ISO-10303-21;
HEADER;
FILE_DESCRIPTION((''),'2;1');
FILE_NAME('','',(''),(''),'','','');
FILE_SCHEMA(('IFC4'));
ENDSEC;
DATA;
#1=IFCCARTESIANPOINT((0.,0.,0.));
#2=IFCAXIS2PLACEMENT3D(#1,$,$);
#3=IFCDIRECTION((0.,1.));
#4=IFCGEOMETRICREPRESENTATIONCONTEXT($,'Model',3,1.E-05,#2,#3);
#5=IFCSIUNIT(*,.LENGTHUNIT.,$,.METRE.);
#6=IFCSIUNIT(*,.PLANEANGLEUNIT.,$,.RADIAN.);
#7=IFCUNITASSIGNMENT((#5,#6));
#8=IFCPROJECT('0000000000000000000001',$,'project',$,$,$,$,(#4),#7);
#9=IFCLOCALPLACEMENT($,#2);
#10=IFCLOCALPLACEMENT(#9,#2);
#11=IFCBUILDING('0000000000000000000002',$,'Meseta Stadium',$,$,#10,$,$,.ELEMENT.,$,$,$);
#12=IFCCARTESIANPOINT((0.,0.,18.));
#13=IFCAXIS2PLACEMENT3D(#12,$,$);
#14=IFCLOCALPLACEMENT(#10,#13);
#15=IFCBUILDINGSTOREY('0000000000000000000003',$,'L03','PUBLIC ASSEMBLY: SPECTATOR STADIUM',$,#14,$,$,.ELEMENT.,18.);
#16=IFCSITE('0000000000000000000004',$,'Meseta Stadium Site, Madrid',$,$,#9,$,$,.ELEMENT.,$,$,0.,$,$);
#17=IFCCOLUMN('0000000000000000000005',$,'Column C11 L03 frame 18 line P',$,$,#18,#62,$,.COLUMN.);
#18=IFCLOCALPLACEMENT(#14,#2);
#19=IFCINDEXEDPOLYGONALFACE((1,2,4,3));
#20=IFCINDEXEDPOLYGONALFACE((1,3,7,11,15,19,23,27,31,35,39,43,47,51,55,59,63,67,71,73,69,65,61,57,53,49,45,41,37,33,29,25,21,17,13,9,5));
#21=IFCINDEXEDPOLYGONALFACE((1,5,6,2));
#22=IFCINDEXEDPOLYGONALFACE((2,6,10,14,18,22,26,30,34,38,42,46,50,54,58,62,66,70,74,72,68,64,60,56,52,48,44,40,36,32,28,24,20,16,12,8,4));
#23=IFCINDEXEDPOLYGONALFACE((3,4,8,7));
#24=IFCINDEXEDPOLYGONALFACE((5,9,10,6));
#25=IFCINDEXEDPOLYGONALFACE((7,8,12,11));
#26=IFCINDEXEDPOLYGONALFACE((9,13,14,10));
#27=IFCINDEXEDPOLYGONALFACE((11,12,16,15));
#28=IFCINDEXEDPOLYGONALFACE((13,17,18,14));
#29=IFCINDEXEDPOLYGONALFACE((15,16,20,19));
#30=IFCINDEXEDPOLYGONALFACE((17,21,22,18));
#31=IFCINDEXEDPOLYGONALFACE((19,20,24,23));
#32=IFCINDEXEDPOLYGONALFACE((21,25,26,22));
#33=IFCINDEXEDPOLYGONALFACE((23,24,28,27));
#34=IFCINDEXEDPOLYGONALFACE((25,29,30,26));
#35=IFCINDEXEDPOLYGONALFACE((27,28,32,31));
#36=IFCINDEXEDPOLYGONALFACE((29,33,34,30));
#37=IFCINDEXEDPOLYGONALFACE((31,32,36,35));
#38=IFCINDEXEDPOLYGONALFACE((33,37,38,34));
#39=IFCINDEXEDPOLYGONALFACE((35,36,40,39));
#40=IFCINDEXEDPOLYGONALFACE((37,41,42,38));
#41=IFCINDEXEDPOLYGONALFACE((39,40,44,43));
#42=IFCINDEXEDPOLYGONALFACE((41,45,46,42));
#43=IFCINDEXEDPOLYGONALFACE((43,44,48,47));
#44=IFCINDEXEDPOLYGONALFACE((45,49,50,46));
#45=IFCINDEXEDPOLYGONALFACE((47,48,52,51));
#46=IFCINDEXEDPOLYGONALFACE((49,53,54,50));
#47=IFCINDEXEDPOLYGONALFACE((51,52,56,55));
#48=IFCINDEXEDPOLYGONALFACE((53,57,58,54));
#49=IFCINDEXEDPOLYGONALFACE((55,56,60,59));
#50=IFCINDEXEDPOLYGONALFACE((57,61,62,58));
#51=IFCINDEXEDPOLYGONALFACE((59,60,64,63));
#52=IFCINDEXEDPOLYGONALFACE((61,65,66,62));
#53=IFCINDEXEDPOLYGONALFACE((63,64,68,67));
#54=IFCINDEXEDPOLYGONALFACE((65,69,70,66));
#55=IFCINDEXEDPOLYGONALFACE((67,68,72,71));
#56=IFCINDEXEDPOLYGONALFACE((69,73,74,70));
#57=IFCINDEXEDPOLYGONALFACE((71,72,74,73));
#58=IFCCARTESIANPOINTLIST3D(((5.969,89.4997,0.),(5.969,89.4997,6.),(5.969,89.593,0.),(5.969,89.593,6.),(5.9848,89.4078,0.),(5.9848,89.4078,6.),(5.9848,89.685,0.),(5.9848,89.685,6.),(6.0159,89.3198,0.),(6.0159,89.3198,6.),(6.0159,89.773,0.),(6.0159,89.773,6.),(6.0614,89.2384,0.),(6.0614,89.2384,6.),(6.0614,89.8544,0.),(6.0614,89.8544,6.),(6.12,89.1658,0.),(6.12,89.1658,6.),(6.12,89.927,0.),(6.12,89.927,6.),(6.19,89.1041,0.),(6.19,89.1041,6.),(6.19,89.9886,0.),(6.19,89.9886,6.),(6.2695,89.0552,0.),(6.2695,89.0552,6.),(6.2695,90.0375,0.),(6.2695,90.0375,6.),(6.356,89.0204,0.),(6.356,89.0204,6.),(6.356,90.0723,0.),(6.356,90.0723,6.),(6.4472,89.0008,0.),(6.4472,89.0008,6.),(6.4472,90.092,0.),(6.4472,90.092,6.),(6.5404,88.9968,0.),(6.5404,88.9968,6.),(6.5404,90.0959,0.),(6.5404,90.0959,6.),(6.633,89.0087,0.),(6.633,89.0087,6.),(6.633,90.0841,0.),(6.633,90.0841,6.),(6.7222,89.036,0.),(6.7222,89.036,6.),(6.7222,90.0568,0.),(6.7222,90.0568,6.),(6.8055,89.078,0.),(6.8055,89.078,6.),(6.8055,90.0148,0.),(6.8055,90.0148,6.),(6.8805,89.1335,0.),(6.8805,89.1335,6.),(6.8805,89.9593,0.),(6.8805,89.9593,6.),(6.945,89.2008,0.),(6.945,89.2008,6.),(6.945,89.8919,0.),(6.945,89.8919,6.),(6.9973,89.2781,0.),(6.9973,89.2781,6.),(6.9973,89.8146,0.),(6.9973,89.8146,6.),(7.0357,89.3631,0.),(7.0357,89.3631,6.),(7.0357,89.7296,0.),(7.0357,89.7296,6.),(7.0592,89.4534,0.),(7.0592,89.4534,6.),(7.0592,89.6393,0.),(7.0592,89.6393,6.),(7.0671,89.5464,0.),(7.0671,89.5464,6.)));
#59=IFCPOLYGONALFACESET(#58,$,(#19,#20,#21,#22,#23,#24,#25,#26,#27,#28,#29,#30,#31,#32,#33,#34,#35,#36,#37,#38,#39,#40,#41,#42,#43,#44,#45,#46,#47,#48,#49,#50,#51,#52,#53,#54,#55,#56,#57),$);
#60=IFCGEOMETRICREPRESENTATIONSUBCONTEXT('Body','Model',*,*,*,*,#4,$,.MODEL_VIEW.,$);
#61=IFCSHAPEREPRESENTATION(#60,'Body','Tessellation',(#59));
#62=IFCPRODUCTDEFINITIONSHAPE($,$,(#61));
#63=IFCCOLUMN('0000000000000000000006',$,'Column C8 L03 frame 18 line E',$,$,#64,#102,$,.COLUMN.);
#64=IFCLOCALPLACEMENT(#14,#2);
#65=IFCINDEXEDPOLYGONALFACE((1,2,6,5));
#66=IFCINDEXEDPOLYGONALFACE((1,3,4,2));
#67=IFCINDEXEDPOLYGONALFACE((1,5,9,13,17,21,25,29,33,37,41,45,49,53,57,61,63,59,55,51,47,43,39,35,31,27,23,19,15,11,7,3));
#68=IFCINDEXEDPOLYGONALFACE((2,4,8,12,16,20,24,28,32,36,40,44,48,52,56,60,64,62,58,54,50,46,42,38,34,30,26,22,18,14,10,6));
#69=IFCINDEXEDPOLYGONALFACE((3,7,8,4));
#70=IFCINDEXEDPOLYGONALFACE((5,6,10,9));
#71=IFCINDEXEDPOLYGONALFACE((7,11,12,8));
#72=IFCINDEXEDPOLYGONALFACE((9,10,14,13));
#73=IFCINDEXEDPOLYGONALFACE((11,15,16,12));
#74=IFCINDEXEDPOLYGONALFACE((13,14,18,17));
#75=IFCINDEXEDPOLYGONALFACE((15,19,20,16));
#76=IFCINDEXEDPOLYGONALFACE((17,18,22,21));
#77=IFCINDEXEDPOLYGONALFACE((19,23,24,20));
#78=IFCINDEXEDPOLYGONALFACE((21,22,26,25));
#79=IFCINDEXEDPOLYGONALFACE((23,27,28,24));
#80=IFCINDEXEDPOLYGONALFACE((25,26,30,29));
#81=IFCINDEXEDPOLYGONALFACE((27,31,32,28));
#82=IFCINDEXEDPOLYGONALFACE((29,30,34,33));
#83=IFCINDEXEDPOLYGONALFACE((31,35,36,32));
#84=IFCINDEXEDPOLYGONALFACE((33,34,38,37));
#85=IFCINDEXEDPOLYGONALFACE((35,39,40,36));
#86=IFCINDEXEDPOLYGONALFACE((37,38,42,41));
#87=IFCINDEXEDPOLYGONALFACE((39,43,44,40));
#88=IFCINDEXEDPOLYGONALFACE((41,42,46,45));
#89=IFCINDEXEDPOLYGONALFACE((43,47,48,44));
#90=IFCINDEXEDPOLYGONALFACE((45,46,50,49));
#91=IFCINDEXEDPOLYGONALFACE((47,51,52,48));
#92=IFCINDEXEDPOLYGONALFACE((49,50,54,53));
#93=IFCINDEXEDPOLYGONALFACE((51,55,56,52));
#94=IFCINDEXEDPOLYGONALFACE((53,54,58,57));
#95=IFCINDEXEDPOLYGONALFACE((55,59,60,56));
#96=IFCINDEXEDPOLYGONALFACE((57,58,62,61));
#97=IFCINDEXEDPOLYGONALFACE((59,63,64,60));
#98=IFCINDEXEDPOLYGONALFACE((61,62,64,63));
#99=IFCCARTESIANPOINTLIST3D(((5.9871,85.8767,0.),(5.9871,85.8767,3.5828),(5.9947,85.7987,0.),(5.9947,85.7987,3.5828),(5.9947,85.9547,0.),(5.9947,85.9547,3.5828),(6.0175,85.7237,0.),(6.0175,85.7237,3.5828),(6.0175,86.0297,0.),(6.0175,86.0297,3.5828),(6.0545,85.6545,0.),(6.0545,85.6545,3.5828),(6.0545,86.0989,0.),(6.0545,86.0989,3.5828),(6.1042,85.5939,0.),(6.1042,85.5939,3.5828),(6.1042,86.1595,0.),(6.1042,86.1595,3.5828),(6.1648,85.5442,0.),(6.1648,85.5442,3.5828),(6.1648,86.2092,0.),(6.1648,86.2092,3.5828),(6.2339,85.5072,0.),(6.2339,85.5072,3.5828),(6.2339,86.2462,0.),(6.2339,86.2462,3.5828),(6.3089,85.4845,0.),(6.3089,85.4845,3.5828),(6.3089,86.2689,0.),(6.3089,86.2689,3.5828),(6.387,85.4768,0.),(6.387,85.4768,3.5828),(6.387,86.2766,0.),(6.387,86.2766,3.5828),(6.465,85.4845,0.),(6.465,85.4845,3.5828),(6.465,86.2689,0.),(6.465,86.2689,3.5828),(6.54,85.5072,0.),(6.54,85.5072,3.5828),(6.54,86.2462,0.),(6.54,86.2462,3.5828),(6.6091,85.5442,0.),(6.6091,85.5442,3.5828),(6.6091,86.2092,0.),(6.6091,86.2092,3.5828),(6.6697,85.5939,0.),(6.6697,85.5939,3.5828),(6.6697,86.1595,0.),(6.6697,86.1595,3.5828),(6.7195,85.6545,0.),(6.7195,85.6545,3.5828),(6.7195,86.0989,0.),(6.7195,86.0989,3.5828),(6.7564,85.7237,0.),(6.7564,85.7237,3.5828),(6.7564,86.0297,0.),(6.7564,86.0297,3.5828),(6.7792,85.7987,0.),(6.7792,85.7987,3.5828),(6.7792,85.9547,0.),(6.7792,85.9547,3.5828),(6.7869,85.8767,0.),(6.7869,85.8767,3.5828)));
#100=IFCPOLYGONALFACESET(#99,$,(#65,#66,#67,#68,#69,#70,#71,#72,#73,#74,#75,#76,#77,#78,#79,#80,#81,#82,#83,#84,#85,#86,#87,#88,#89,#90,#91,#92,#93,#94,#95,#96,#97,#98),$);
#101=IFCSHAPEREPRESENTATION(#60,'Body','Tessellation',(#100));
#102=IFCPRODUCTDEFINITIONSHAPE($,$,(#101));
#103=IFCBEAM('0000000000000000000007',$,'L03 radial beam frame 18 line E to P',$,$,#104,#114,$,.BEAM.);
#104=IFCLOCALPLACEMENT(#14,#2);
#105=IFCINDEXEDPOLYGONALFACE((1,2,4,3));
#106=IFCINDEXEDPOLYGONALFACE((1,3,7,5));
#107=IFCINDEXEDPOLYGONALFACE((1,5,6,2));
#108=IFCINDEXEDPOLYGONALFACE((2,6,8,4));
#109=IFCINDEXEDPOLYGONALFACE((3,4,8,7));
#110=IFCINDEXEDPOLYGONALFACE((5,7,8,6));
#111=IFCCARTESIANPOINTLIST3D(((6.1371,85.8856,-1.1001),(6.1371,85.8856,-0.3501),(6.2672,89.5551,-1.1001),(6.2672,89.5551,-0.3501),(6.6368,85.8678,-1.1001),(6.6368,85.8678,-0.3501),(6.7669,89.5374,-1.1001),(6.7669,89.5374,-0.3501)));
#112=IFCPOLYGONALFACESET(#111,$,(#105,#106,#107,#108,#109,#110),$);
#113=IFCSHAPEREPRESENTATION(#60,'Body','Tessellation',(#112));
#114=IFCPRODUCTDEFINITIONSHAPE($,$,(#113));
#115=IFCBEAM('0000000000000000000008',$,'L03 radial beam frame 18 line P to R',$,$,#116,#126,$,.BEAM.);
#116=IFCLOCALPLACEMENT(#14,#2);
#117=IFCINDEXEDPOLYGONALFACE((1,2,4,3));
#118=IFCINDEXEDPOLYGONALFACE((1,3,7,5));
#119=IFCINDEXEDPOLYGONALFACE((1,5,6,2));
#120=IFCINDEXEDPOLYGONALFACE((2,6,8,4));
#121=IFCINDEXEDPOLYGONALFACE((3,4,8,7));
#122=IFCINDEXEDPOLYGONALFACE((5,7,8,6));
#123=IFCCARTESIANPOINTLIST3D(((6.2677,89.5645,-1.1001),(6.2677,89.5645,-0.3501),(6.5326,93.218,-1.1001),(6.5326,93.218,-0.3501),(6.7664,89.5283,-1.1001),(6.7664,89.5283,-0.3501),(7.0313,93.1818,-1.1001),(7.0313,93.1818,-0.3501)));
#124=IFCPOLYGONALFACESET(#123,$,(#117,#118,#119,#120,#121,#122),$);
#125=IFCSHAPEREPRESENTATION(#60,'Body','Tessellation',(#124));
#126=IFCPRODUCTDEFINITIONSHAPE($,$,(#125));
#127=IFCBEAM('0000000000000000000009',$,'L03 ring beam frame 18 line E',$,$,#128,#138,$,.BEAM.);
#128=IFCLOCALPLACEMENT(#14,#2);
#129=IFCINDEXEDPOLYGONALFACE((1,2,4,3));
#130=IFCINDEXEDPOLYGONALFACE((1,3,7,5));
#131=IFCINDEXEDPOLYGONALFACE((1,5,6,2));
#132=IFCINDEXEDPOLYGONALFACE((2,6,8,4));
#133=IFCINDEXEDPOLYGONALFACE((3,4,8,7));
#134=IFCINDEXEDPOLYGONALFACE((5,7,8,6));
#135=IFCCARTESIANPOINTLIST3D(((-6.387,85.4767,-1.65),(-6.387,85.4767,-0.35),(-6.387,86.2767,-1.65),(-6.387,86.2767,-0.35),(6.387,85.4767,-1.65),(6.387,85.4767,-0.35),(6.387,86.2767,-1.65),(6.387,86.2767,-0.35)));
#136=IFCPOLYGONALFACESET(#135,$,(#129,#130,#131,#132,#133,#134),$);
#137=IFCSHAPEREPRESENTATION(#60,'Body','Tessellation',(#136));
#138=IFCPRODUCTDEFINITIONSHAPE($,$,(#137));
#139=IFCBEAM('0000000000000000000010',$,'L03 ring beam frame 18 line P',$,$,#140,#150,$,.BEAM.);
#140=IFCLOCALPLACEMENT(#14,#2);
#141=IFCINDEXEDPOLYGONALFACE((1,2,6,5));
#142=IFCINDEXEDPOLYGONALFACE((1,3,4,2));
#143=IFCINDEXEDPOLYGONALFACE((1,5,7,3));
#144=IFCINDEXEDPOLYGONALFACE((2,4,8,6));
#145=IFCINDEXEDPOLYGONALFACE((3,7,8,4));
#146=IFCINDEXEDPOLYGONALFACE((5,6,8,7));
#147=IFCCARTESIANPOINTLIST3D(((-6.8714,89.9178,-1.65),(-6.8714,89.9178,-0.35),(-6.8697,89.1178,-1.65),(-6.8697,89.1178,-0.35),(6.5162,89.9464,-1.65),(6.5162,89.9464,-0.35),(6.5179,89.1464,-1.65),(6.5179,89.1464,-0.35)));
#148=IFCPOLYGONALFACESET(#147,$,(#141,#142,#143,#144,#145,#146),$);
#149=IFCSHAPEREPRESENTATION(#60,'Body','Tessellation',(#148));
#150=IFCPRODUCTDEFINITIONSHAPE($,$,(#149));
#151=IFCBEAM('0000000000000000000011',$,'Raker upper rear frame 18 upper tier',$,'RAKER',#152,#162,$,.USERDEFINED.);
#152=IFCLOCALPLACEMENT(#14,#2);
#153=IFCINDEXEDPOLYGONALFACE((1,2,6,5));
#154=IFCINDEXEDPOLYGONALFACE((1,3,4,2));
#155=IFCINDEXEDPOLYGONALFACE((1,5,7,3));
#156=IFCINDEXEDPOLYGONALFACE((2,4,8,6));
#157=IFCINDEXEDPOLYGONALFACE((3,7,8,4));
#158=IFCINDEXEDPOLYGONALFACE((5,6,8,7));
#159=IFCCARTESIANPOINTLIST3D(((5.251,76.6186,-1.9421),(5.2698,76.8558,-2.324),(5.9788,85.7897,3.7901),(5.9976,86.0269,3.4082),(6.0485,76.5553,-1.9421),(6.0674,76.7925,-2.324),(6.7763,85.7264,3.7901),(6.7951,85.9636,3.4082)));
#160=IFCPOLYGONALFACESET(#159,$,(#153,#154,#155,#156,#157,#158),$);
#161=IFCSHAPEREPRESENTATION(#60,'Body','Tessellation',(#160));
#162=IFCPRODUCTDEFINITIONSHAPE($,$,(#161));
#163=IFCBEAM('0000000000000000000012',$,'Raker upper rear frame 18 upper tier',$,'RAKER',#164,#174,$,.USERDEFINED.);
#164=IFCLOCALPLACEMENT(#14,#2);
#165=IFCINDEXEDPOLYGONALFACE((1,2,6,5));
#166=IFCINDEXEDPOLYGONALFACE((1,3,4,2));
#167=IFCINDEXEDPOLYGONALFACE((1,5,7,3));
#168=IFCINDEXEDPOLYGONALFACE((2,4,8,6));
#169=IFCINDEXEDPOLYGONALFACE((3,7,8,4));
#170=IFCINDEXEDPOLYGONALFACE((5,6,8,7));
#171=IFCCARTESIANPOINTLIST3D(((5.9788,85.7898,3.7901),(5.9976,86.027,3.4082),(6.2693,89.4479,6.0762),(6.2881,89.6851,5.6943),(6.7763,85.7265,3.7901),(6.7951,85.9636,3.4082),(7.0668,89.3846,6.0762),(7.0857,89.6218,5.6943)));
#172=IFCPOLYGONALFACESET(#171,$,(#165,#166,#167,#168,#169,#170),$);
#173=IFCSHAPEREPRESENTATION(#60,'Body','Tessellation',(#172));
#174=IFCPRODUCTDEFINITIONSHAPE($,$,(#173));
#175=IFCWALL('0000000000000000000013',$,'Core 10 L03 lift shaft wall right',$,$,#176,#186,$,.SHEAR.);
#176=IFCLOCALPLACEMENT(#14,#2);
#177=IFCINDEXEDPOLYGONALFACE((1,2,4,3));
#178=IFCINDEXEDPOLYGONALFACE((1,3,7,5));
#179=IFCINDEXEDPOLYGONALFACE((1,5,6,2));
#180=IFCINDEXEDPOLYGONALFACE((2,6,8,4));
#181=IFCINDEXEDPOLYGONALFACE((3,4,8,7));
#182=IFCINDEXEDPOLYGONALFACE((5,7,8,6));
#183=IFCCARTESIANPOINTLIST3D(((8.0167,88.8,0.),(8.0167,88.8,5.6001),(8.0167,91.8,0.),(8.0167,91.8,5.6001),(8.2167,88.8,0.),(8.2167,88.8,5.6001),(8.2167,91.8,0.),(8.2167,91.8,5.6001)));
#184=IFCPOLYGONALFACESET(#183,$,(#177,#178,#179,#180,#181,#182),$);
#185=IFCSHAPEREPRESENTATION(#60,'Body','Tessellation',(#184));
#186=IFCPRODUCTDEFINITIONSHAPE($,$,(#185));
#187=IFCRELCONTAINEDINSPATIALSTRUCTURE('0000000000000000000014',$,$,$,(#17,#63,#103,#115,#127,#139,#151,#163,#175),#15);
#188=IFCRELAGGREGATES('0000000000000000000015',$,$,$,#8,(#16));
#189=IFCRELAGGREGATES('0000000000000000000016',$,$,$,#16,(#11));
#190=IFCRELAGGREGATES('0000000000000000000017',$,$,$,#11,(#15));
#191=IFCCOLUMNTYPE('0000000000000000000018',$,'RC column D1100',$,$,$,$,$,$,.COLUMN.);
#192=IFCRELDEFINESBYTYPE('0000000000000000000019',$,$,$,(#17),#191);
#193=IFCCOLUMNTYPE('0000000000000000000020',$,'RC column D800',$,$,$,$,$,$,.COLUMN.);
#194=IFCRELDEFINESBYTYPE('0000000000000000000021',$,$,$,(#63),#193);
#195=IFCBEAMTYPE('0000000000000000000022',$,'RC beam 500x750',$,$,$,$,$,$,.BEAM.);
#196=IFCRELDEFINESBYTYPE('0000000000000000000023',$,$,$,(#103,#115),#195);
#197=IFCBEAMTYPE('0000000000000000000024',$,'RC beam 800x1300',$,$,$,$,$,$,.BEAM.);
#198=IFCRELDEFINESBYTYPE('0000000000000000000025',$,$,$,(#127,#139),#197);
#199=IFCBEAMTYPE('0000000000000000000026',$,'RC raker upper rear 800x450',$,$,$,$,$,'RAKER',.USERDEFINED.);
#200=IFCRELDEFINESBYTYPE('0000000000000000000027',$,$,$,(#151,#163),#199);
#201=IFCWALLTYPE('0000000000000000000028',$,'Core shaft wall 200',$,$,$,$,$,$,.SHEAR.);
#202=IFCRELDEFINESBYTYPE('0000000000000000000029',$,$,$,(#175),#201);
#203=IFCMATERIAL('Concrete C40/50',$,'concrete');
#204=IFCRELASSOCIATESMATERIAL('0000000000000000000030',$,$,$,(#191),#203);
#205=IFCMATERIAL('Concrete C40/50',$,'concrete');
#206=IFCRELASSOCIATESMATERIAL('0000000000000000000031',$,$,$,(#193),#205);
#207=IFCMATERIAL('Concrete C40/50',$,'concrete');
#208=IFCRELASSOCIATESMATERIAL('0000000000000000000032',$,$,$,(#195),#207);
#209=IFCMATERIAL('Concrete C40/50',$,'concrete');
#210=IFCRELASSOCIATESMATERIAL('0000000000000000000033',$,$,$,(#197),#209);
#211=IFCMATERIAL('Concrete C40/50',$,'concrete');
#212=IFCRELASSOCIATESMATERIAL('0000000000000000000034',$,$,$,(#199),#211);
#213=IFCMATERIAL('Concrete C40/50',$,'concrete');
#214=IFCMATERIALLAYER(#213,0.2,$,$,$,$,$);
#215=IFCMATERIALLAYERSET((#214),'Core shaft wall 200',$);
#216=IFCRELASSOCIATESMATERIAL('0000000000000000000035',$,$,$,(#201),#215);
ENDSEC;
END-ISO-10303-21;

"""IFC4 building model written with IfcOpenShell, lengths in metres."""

from ifc_helpers import new_model, si_unit, direction, frame, frame_2d, origin, origin_2d, place, context, subcontext, project, spatial, rectangle, circle, extrude, material, layer, layer_set, material_profile, profile_set, type_object, element, save


model = new_model("IFC4")

# Units and contexts
model_context = context("Model", 3, precision=1e-05, world=origin(), true_north=direction((0.0, 1.0)))
body_context = subcontext(model_context, "Body", "Model", "MODEL_VIEW")
ifc_project = project(units=[si_unit("LENGTHUNIT", "METRE"), si_unit("PLANEANGLEUNIT", "RADIAN")], contexts=[model_context])

# Site, building, storey
site_placement = place(None, origin())
site = spatial("IfcSite", under=ifc_project, at=site_placement, Name="Meseta Stadium Site, Madrid", CompositionType="ELEMENT", RefElevation=0.0)
building_placement = place(site_placement, origin())
building = spatial("IfcBuilding", under=site, at=building_placement, Name="Meseta Stadium", CompositionType="ELEMENT")
storey_placement = place(building_placement, frame((0.0, 0.0, 18.0)))
storey = spatial("IfcBuildingStorey", under=building, at=storey_placement, Name="L03", Description="PUBLIC ASSEMBLY: SPECTATOR STADIUM", CompositionType="ELEMENT", Elevation=18.0)

# Columns
ifc_material_1 = material(Name="Concrete C40/50", Category="concrete")
ifc_material_profile_1 = material_profile(ifc_material_1, circle(Radius=0.55, at=origin_2d()), Name="RC D1100")
ifc_profile_set_1 = profile_set([ifc_material_profile_1], Name="Concrete C40/50")
column_type_1 = type_object("IfcColumnType", Name="RC column D1100", PredefinedType="COLUMN", material=ifc_profile_set_1)
column_1_placement = place(storey_placement, frame((6.5171, 89.5464, 0.0), z_axis=(0.0, 0.0, 1.0), x_axis=(1.0, 0.0, 0.0)))
element("IfcColumn", 1, at=column_1_placement, inside=storey, type_object=column_type_1, Name="Column C11 L03 frame 18 line P", PredefinedType="COLUMN", context=body_context, shape_type="SweptSolid", body=[
    extrude(circle(Radius=0.55, at=origin_2d()), origin(), (0.0, 0.0, 1.0), 6.0),
])
ifc_material_2 = material(Name="Concrete C40/50", Category="concrete")
ifc_material_profile_2 = material_profile(ifc_material_2, circle(Radius=0.3999, at=origin_2d()), Name="RC D800")
ifc_profile_set_2 = profile_set([ifc_material_profile_2], Name="Concrete C40/50")
column_type_2 = type_object("IfcColumnType", Name="RC column D800", PredefinedType="COLUMN", material=ifc_profile_set_2)
column_2_placement = place(storey_placement, frame((6.387, 85.8767, 0.0), z_axis=(0.0, 0.0, 1.0), x_axis=(1.0, 0.0, 0.0)))
element("IfcColumn", 2, at=column_2_placement, inside=storey, type_object=column_type_2, Name="Column C8 L03 frame 18 line E", PredefinedType="COLUMN", context=body_context, shape_type="SweptSolid", body=[
    extrude(circle(Radius=0.3999, at=origin_2d()), origin(), (0.0, 0.0, 1.0), 3.5828),
])

# Beams
ifc_material_3 = material(Name="Concrete C40/50", Category="concrete")
ifc_material_profile_3 = material_profile(ifc_material_3, rectangle(XDim=0.5, YDim=0.75, at=origin_2d()), Name="RC 500x750")
ifc_profile_set_3 = profile_set([ifc_material_profile_3], Name="Concrete C40/50")
beam_type_1 = type_object("IfcBeamType", Name="RC beam 500x750", PredefinedType="BEAM", material=ifc_profile_set_3)
beam_1_placement = place(storey_placement, frame((6.387, 85.8767, -0.7251), z_axis=(0.035438, 0.999372, 0.0), x_axis=(-0.999372, 0.035438, 0.0)))
element("IfcBeam", 3, at=beam_1_placement, inside=storey, type_object=beam_type_1, Name="L03 radial beam frame 18 line E to P", PredefinedType="BEAM", context=body_context, shape_type="SweptSolid", body=[
    extrude(rectangle(XDim=0.5, YDim=0.75, at=origin_2d()), origin(), (0.0, 0.0, 1.0), 3.6719),
])
beam_2_placement = place(storey_placement, frame((6.5171, 89.5464, -0.7251), z_axis=(0.072313, 0.997382, 0.0), x_axis=(-0.997382, 0.072313, 0.0)))
element("IfcBeam", 4, at=beam_2_placement, inside=storey, type_object=beam_type_1, Name="L03 radial beam frame 18 line P to R", PredefinedType="BEAM", context=body_context, shape_type="SweptSolid", body=[
    extrude(rectangle(XDim=0.5, YDim=0.75, at=origin_2d()), origin(), (0.0, 0.0, 1.0), 3.6631),
])
ifc_material_4 = material(Name="Concrete C40/50", Category="concrete")
ifc_material_profile_4 = material_profile(ifc_material_4, rectangle(XDim=0.8, YDim=1.3, at=origin_2d()), Name="RC 800x1300")
ifc_profile_set_4 = profile_set([ifc_material_profile_4], Name="Concrete C40/50")
beam_type_2 = type_object("IfcBeamType", Name="RC beam 800x1300", PredefinedType="BEAM", material=ifc_profile_set_4)
beam_3_placement = place(storey_placement, frame((6.387, 85.8767, -1.0), z_axis=(-1.0, 0.0, 0.0), x_axis=(0.0, -1.0, 0.0)))
element("IfcBeam", 5, at=beam_3_placement, inside=storey, type_object=beam_type_2, Name="L03 ring beam frame 18 line E", PredefinedType="BEAM", context=body_context, shape_type="SweptSolid", body=[
    extrude(rectangle(XDim=0.8, YDim=1.3, at=origin_2d()), origin(), (0.0, 0.0, 1.0), 12.7739),
])
beam_4_placement = place(storey_placement, frame((6.5171, 89.5464, -1.0), z_axis=(-0.999998, -0.002134, 0.0), x_axis=(0.002134, -0.999998, 0.0)))
element("IfcBeam", 6, at=beam_4_placement, inside=storey, type_object=beam_type_2, Name="L03 ring beam frame 18 line P", PredefinedType="BEAM", context=body_context, shape_type="SweptSolid", body=[
    extrude(rectangle(XDim=0.8, YDim=1.3, at=origin_2d()), origin(), (0.0, 0.0, 1.0), 13.3877),
])
ifc_material_5 = material(Name="Concrete C40/50", Category="concrete")
ifc_material_profile_5 = material_profile(ifc_material_5, rectangle(XDim=0.8, YDim=0.45, at=origin_2d()), Name="RC 800x450")
ifc_profile_set_5 = profile_set([ifc_material_profile_5], Name="Concrete C40/50")
beam_type_3 = type_object("IfcBeamType", Name="RC raker upper rear 800x450", ElementType="RAKER", PredefinedType="USERDEFINED", material=ifc_profile_set_5)
beam_5_placement = place(storey_placement, frame((5.6592, 76.7056, -2.1331), z_axis=(0.067141, 0.846076, 0.528817), x_axis=(-0.996866, 0.079107, 0.0)))
element("IfcBeam", 7, at=beam_5_placement, inside=storey, type_object=beam_type_3, Name="Raker upper rear frame 18 upper tier", ObjectType="RAKER", PredefinedType="USERDEFINED", context=body_context, shape_type="SweptSolid", body=[
    extrude(rectangle(XDim=0.8, YDim=0.45, at=origin_2d()), origin(), (0.0, 0.0, 1.0), 10.8396),
])
beam_6_placement = place(storey_placement, frame((6.387, 85.8767, 3.5991), z_axis=(0.067196, 0.846107, 0.52876), x_axis=(-0.996861, 0.079169, 0.0)))
element("IfcBeam", 8, at=beam_6_placement, inside=storey, type_object=beam_type_3, Name="Raker upper rear frame 18 upper tier", ObjectType="RAKER", PredefinedType="USERDEFINED", context=body_context, shape_type="SweptSolid", body=[
    extrude(rectangle(XDim=0.8, YDim=0.45, at=origin_2d()), origin(), (0.0, 0.0, 1.0), 4.3235),
])

# Wall
ifc_material_6 = material(Name="Concrete C40/50", Category="concrete")
ifc_layer_1 = layer(ifc_material_6, 0.2)
ifc_layer_set_1 = layer_set([ifc_layer_1], Name="Core shaft wall 200")
wall_type_1 = type_object("IfcWallType", Name="Core shaft wall 200", PredefinedType="SHEAR", material=ifc_layer_set_1)
wall_1_placement = place(storey_placement, frame((8.1167, 91.8, 0.0), z_axis=(0.0, 0.0, 1.0), x_axis=(0.0, -1.0, 0.0)))
element("IfcWall", 9, at=wall_1_placement, inside=storey, type_object=wall_type_1, Name="Core 10 L03 lift shaft wall right", PredefinedType="SHEAR", context=body_context, shape_type="SweptSolid", body=[
    extrude(rectangle(XDim=3.0, YDim=0.2, at=frame_2d((1.5, 0.0))), origin(), (0.0, 0.0, 1.0), 5.6001),
])

save(model, "model.ifc")
